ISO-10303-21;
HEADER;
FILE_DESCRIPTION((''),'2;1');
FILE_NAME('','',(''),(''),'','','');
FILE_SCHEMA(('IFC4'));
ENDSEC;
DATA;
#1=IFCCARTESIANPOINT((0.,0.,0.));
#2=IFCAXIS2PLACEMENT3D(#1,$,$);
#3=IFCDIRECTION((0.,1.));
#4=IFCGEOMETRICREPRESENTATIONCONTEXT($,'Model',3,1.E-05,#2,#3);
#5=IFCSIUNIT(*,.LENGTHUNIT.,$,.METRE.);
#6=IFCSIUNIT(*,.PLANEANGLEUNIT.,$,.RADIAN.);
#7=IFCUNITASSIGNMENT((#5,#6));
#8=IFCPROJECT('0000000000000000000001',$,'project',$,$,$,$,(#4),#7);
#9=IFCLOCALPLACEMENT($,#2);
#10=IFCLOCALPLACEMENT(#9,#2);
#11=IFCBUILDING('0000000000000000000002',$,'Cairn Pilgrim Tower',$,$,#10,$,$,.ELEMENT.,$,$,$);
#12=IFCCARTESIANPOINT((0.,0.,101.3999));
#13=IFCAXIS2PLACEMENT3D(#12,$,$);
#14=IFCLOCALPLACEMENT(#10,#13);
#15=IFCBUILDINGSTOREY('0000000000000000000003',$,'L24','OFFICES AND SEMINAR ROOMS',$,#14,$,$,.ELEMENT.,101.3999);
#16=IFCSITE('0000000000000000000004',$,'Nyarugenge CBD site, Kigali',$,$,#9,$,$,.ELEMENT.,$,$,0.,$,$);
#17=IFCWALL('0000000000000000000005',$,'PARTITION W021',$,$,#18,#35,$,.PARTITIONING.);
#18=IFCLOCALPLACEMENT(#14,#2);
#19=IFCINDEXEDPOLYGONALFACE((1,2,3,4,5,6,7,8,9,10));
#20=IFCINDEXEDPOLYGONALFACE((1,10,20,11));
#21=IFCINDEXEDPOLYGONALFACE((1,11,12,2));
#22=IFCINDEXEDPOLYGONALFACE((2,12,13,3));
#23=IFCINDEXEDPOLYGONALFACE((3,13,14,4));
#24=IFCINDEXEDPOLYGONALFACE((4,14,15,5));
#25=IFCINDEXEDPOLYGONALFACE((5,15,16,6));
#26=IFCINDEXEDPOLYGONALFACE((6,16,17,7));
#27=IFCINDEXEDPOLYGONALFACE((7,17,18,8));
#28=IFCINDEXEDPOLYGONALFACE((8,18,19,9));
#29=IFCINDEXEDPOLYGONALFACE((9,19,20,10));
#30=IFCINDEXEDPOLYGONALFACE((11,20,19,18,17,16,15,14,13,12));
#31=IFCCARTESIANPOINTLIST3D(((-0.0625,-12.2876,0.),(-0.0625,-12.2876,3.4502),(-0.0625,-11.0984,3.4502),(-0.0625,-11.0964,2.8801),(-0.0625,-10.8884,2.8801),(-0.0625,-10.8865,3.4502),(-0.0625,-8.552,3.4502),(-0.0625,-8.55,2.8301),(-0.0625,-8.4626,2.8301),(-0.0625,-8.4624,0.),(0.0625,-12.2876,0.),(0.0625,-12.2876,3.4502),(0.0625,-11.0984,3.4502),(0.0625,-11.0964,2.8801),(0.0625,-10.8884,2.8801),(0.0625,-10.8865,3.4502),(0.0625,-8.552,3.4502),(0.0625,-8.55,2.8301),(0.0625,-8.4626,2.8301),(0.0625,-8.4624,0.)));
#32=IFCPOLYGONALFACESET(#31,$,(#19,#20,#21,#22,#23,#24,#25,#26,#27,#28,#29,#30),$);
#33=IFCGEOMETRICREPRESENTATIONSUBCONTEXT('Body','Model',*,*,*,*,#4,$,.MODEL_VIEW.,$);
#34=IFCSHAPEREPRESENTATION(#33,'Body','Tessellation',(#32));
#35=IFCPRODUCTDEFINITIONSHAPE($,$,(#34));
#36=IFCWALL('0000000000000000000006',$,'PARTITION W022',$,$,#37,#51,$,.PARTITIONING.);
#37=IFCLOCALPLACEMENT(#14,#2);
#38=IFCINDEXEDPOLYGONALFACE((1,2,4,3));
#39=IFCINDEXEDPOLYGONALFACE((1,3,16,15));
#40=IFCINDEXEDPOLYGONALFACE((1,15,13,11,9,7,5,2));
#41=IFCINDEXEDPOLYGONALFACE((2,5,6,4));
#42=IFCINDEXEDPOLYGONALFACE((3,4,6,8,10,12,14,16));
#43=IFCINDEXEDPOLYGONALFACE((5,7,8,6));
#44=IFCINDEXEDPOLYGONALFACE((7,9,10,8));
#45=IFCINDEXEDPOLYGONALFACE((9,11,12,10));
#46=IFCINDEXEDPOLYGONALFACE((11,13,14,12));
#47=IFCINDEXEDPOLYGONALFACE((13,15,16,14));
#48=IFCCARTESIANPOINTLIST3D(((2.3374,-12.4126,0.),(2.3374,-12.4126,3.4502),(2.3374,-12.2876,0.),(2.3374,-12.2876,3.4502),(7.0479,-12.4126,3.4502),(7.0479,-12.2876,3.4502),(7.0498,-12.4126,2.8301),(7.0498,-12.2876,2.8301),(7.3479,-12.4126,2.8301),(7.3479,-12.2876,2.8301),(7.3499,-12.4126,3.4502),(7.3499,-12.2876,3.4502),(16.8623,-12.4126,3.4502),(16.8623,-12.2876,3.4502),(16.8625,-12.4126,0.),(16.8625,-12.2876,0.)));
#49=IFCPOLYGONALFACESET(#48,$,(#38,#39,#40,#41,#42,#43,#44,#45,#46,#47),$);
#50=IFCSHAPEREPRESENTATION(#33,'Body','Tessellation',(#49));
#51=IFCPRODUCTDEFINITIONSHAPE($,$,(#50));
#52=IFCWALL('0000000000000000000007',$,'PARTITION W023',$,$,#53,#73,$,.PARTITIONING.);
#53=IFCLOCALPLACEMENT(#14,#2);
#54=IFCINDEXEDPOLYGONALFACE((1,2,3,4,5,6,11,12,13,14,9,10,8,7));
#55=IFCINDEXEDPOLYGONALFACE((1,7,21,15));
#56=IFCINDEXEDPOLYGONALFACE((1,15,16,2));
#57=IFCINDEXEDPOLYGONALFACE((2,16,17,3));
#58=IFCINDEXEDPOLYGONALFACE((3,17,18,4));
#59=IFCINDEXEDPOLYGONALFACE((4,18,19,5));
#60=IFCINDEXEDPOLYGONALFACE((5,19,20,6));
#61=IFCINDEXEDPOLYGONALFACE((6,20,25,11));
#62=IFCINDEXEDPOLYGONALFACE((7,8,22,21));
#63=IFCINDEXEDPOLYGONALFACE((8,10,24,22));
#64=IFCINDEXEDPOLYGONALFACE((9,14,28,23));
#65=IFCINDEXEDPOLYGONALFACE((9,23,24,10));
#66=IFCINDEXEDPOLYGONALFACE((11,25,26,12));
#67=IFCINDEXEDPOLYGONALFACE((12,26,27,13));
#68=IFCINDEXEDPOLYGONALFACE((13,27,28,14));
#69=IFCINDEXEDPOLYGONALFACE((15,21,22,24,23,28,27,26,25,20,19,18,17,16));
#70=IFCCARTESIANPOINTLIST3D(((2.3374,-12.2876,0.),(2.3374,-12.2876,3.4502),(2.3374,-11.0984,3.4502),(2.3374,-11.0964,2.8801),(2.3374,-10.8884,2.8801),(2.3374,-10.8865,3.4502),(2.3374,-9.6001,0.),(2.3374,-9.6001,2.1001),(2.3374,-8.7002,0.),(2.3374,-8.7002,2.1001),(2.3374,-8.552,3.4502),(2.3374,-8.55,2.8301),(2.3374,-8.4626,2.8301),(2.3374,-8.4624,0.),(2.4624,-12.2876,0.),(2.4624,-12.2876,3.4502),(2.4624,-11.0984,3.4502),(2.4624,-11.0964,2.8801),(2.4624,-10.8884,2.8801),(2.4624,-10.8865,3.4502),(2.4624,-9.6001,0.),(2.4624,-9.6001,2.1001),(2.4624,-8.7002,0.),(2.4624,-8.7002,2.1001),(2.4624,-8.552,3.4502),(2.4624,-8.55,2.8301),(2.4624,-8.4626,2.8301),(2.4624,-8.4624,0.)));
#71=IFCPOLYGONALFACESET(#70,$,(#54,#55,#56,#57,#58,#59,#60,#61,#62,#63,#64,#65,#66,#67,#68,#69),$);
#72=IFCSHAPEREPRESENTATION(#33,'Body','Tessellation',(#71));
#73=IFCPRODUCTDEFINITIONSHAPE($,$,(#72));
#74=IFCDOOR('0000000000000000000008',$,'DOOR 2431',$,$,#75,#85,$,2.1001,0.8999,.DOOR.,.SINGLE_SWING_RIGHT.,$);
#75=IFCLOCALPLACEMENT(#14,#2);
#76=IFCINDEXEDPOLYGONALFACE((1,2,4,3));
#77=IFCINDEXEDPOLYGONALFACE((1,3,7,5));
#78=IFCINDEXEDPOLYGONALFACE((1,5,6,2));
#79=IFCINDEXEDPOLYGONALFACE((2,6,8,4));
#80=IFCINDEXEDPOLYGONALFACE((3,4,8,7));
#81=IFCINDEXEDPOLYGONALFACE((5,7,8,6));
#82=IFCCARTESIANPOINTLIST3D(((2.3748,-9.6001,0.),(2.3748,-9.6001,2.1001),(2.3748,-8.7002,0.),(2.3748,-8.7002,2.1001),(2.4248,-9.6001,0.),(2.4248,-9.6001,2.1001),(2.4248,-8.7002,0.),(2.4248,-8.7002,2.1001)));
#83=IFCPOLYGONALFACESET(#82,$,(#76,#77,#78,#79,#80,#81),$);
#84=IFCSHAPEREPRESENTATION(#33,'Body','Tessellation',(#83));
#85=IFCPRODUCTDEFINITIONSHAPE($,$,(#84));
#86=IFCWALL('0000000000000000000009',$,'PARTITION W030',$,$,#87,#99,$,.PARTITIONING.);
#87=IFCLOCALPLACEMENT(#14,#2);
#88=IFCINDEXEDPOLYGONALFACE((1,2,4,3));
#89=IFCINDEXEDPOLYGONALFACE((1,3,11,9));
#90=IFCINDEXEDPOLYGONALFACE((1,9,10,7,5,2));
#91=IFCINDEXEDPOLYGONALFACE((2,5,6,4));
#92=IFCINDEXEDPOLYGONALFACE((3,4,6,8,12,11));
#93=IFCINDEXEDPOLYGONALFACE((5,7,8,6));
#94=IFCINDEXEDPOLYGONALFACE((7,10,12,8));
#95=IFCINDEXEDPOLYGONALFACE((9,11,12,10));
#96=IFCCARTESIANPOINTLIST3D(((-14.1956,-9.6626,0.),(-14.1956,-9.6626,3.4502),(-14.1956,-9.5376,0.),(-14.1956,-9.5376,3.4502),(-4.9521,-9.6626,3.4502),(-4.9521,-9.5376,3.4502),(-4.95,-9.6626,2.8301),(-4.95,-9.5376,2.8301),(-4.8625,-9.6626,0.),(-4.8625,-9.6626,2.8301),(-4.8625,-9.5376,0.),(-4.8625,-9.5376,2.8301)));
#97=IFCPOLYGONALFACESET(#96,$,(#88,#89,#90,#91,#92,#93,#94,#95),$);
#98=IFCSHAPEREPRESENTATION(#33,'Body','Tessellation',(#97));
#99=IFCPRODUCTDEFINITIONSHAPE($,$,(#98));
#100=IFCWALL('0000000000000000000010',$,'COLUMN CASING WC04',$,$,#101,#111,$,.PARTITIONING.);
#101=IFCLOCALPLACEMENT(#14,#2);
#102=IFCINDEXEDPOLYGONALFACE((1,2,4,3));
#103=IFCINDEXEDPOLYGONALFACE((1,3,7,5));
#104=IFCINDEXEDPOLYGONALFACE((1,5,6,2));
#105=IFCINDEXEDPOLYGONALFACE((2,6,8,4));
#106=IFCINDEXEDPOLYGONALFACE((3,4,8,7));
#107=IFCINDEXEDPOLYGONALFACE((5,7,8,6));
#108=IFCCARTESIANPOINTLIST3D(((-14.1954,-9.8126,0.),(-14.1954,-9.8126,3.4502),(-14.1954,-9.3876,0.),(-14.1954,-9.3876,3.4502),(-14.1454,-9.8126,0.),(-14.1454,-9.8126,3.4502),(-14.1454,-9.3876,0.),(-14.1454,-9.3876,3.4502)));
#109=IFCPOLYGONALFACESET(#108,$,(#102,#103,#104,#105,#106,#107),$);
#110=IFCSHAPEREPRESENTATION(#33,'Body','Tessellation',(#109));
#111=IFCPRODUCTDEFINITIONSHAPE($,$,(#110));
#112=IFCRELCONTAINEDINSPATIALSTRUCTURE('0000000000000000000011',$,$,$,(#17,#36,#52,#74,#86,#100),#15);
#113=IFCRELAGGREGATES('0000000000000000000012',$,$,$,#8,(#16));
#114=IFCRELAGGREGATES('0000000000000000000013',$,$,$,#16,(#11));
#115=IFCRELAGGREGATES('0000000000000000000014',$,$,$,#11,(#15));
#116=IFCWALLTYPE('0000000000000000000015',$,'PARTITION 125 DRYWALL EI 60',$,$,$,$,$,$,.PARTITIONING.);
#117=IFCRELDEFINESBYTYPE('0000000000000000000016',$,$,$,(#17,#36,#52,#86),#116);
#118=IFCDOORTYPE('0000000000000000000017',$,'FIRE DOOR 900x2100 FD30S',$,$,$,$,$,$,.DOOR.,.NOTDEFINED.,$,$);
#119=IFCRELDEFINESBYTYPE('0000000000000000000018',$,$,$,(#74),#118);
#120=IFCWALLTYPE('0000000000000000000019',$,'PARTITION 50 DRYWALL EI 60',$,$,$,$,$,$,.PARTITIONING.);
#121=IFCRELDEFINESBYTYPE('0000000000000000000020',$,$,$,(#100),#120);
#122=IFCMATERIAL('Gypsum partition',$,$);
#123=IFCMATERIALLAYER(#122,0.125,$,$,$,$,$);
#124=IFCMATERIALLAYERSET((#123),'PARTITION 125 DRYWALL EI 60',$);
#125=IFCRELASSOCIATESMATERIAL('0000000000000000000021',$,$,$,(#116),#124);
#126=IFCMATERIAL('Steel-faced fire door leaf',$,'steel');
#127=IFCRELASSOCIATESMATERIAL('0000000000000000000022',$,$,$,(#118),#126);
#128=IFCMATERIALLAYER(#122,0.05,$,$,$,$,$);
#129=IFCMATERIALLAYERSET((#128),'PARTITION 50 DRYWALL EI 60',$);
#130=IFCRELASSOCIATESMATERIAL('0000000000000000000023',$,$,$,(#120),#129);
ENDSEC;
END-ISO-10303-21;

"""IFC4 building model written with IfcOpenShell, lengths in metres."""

from ifc_helpers import new_model, si_unit, direction, frame, frame_2d, origin, place, context, subcontext, project, spatial, polyline, rectangle, outline, extrude, material, layer, layer_set, type_object, element, fill, save


model = new_model("IFC4")

# Units and contexts
model_context = context("Model", 3, precision=1e-05, world=origin(), true_north=direction((0.0, 1.0)))
body_context = subcontext(model_context, "Body", "Model", "MODEL_VIEW")
ifc_project = project(units=[si_unit("LENGTHUNIT", "METRE"), si_unit("PLANEANGLEUNIT", "RADIAN")], contexts=[model_context])

# Site, building, storey
site_placement = place(None, origin())
site = spatial("IfcSite", under=ifc_project, at=site_placement, Name="Nyarugenge CBD site, Kigali", CompositionType="ELEMENT", RefElevation=0.0)
building_placement = place(site_placement, origin())
building = spatial("IfcBuilding", under=site, at=building_placement, Name="Cairn Pilgrim Tower", CompositionType="ELEMENT")
storey_placement = place(building_placement, frame((0.0, 0.0, 101.3999)))
storey = spatial("IfcBuildingStorey", under=building, at=storey_placement, Name="L24", Description="OFFICES AND SEMINAR ROOMS", CompositionType="ELEMENT", Elevation=101.3999)

# Walls
ifc_material_1 = material(Name="Gypsum partition")
ifc_layer_1 = layer(ifc_material_1, 0.125)
ifc_layer_set_1 = layer_set([ifc_layer_1], Name="PARTITION 125 DRYWALL EI 60")
wall_type_1 = type_object("IfcWallType", Name="PARTITION 125 DRYWALL EI 60", PredefinedType="PARTITIONING", material=ifc_layer_set_1)
wall_1_placement = place(storey_placement, frame((0.0, -12.2876, 0.0), z_axis=(0.0, 0.0, 1.0), x_axis=(0.0, 1.0, 0.0)))
element("IfcWall", 1, at=wall_1_placement, inside=storey, type_object=wall_type_1, Name="PARTITION W021", PredefinedType="PARTITIONING", context=body_context, shape_type="SweptSolid", body=[
    extrude(outline(polyline([(0.0, 0.0), (3.8252, 0.0), (3.825, 2.8301), (3.7375, 2.8301), (3.7356, 3.4502), (1.4011, 3.4502), (1.3992, 2.8801), (1.1912, 2.8801), (1.1892, 3.4502), (0.0, 3.4502), (0.0, 0.0)])), frame((0.0, 0.0625, 0.0), z_axis=(0.0, -1.0, 0.0), x_axis=(1.0, 0.0, 0.0)), (0.0, 0.0, 1.0), 0.125),
])
wall_2_placement = place(storey_placement, frame((2.3374, -12.3501, 0.0), z_axis=(0.0, 0.0, 1.0), x_axis=(1.0, 0.0, 0.0)))
element("IfcWall", 2, at=wall_2_placement, inside=storey, type_object=wall_type_1, Name="PARTITION W022", PredefinedType="PARTITIONING", context=body_context, shape_type="SweptSolid", body=[
    extrude(outline(polyline([(0.0, 0.0), (14.5251, 0.0), (14.5249, 3.4502), (5.0125, 3.4502), (5.0105, 2.8301), (4.7124, 2.8301), (4.7104, 3.4502), (0.0, 3.4502), (0.0, 0.0)])), frame((0.0, 0.0625, 0.0), z_axis=(0.0, -1.0, 0.0), x_axis=(1.0, 0.0, 0.0)), (0.0, 0.0, 1.0), 0.125),
])

# Wall, opening, door
wall_3_placement = place(storey_placement, frame((2.3999, -12.2876, 0.0), z_axis=(0.0, 0.0, 1.0), x_axis=(0.0, 1.0, 0.0)))
wall_3 = element("IfcWall", 3, at=wall_3_placement, inside=storey, type_object=wall_type_1, Name="PARTITION W023", PredefinedType="PARTITIONING", context=body_context, shape_type="SweptSolid", body=[
    extrude(outline(polyline([(0.0, 0.0), (3.8252, 0.0), (3.825, 2.8301), (3.7375, 2.8301), (3.7356, 3.4502), (1.4011, 3.4502), (1.3992, 2.8801), (1.1912, 2.8801), (1.1892, 3.4502), (0.0, 3.4502), (0.0, 0.0)])), frame((0.0, 0.0625, 0.0), z_axis=(0.0, -1.0, 0.0), x_axis=(1.0, 0.0, 0.0)), (0.0, 0.0, 1.0), 0.125),
])
opening_1_placement = place(wall_3_placement, frame((2.6875, 0.0, 0.0)))
opening_1 = element("IfcOpeningElement", 4, at=opening_1_placement, cuts=wall_3, PredefinedType="OPENING", context=body_context, shape_type="SweptSolid", body=[
    extrude(rectangle(XDim=0.8999, YDim=2.1001, at=frame_2d((0.45, 1.05))), frame((0.0, 0.0725, 0.0), z_axis=(0.0, -1.0, 0.0), x_axis=(1.0, 0.0, 0.0)), (0.0, 0.0, 1.0), 0.145),
])
ifc_material_2 = material(Name="Steel-faced fire door leaf", Category="steel")
door_type_1 = type_object("IfcDoorType", Name="FIRE DOOR 900x2100 FD30S", OperationType="NOTDEFINED", PredefinedType="DOOR", material=ifc_material_2)
door_1_placement = place(opening_1_placement, frame((0.8999, 0.0, 0.0), z_axis=(0.0, 0.0, 1.0), x_axis=(-1.0, 0.0, 0.0)))
door_1 = element("IfcDoor", 5, at=door_1_placement, inside=storey, type_object=door_type_1, Name="DOOR 2431", OperationType="SINGLE_SWING_RIGHT", OverallHeight=2.1001, OverallWidth=0.8999, PredefinedType="DOOR", context=body_context, shape_type="SweptSolid", body=[
    extrude(rectangle(XDim=0.8999, YDim=2.1001, at=frame_2d((0.45, 1.05))), frame((0.0, 0.0249, 0.0), z_axis=(0.0, -1.0, 0.0), x_axis=(1.0, 0.0, 0.0)), (0.0, 0.0, 1.0), 0.05),
])
fill(opening_1, door_1)

# Walls
wall_4_placement = place(storey_placement, frame((-14.1956, -9.6001, 0.0), z_axis=(0.0, 0.0, 1.0), x_axis=(1.0, 0.0, 0.0)))
element("IfcWall", 6, at=wall_4_placement, inside=storey, type_object=wall_type_1, Name="PARTITION W030", PredefinedType="PARTITIONING", context=body_context, shape_type="SweptSolid", body=[
    extrude(outline(polyline([(0.0, 0.0), (9.333, 0.0), (9.333, 2.8301), (9.2456, 2.8301), (9.2434, 3.4502), (0.0, 3.4502), (0.0, 0.0)])), frame((0.0, 0.0625, 0.0), z_axis=(0.0, -1.0, 0.0), x_axis=(1.0, 0.0, 0.0)), (0.0, 0.0, 1.0), 0.125),
])
ifc_layer_2 = layer(ifc_material_1, 0.05)
ifc_layer_set_2 = layer_set([ifc_layer_2], Name="PARTITION 50 DRYWALL EI 60")
wall_type_2 = type_object("IfcWallType", Name="PARTITION 50 DRYWALL EI 60", PredefinedType="PARTITIONING", material=ifc_layer_set_2)
wall_5_placement = place(storey_placement, frame((-14.1704, -9.8125, 0.0), z_axis=(0.0, 0.0, 1.0), x_axis=(0.0, 1.0, 0.0)))
element("IfcWall", 7, at=wall_5_placement, inside=storey, type_object=wall_type_2, Name="COLUMN CASING WC04", PredefinedType="PARTITIONING", context=body_context, shape_type="SweptSolid", body=[
    extrude(rectangle(XDim=0.425, YDim=0.05, at=frame_2d((0.2124, 0.0))), origin(), (0.0, 0.0, 1.0), 3.4502),
])

save(model, "model.ifc")
